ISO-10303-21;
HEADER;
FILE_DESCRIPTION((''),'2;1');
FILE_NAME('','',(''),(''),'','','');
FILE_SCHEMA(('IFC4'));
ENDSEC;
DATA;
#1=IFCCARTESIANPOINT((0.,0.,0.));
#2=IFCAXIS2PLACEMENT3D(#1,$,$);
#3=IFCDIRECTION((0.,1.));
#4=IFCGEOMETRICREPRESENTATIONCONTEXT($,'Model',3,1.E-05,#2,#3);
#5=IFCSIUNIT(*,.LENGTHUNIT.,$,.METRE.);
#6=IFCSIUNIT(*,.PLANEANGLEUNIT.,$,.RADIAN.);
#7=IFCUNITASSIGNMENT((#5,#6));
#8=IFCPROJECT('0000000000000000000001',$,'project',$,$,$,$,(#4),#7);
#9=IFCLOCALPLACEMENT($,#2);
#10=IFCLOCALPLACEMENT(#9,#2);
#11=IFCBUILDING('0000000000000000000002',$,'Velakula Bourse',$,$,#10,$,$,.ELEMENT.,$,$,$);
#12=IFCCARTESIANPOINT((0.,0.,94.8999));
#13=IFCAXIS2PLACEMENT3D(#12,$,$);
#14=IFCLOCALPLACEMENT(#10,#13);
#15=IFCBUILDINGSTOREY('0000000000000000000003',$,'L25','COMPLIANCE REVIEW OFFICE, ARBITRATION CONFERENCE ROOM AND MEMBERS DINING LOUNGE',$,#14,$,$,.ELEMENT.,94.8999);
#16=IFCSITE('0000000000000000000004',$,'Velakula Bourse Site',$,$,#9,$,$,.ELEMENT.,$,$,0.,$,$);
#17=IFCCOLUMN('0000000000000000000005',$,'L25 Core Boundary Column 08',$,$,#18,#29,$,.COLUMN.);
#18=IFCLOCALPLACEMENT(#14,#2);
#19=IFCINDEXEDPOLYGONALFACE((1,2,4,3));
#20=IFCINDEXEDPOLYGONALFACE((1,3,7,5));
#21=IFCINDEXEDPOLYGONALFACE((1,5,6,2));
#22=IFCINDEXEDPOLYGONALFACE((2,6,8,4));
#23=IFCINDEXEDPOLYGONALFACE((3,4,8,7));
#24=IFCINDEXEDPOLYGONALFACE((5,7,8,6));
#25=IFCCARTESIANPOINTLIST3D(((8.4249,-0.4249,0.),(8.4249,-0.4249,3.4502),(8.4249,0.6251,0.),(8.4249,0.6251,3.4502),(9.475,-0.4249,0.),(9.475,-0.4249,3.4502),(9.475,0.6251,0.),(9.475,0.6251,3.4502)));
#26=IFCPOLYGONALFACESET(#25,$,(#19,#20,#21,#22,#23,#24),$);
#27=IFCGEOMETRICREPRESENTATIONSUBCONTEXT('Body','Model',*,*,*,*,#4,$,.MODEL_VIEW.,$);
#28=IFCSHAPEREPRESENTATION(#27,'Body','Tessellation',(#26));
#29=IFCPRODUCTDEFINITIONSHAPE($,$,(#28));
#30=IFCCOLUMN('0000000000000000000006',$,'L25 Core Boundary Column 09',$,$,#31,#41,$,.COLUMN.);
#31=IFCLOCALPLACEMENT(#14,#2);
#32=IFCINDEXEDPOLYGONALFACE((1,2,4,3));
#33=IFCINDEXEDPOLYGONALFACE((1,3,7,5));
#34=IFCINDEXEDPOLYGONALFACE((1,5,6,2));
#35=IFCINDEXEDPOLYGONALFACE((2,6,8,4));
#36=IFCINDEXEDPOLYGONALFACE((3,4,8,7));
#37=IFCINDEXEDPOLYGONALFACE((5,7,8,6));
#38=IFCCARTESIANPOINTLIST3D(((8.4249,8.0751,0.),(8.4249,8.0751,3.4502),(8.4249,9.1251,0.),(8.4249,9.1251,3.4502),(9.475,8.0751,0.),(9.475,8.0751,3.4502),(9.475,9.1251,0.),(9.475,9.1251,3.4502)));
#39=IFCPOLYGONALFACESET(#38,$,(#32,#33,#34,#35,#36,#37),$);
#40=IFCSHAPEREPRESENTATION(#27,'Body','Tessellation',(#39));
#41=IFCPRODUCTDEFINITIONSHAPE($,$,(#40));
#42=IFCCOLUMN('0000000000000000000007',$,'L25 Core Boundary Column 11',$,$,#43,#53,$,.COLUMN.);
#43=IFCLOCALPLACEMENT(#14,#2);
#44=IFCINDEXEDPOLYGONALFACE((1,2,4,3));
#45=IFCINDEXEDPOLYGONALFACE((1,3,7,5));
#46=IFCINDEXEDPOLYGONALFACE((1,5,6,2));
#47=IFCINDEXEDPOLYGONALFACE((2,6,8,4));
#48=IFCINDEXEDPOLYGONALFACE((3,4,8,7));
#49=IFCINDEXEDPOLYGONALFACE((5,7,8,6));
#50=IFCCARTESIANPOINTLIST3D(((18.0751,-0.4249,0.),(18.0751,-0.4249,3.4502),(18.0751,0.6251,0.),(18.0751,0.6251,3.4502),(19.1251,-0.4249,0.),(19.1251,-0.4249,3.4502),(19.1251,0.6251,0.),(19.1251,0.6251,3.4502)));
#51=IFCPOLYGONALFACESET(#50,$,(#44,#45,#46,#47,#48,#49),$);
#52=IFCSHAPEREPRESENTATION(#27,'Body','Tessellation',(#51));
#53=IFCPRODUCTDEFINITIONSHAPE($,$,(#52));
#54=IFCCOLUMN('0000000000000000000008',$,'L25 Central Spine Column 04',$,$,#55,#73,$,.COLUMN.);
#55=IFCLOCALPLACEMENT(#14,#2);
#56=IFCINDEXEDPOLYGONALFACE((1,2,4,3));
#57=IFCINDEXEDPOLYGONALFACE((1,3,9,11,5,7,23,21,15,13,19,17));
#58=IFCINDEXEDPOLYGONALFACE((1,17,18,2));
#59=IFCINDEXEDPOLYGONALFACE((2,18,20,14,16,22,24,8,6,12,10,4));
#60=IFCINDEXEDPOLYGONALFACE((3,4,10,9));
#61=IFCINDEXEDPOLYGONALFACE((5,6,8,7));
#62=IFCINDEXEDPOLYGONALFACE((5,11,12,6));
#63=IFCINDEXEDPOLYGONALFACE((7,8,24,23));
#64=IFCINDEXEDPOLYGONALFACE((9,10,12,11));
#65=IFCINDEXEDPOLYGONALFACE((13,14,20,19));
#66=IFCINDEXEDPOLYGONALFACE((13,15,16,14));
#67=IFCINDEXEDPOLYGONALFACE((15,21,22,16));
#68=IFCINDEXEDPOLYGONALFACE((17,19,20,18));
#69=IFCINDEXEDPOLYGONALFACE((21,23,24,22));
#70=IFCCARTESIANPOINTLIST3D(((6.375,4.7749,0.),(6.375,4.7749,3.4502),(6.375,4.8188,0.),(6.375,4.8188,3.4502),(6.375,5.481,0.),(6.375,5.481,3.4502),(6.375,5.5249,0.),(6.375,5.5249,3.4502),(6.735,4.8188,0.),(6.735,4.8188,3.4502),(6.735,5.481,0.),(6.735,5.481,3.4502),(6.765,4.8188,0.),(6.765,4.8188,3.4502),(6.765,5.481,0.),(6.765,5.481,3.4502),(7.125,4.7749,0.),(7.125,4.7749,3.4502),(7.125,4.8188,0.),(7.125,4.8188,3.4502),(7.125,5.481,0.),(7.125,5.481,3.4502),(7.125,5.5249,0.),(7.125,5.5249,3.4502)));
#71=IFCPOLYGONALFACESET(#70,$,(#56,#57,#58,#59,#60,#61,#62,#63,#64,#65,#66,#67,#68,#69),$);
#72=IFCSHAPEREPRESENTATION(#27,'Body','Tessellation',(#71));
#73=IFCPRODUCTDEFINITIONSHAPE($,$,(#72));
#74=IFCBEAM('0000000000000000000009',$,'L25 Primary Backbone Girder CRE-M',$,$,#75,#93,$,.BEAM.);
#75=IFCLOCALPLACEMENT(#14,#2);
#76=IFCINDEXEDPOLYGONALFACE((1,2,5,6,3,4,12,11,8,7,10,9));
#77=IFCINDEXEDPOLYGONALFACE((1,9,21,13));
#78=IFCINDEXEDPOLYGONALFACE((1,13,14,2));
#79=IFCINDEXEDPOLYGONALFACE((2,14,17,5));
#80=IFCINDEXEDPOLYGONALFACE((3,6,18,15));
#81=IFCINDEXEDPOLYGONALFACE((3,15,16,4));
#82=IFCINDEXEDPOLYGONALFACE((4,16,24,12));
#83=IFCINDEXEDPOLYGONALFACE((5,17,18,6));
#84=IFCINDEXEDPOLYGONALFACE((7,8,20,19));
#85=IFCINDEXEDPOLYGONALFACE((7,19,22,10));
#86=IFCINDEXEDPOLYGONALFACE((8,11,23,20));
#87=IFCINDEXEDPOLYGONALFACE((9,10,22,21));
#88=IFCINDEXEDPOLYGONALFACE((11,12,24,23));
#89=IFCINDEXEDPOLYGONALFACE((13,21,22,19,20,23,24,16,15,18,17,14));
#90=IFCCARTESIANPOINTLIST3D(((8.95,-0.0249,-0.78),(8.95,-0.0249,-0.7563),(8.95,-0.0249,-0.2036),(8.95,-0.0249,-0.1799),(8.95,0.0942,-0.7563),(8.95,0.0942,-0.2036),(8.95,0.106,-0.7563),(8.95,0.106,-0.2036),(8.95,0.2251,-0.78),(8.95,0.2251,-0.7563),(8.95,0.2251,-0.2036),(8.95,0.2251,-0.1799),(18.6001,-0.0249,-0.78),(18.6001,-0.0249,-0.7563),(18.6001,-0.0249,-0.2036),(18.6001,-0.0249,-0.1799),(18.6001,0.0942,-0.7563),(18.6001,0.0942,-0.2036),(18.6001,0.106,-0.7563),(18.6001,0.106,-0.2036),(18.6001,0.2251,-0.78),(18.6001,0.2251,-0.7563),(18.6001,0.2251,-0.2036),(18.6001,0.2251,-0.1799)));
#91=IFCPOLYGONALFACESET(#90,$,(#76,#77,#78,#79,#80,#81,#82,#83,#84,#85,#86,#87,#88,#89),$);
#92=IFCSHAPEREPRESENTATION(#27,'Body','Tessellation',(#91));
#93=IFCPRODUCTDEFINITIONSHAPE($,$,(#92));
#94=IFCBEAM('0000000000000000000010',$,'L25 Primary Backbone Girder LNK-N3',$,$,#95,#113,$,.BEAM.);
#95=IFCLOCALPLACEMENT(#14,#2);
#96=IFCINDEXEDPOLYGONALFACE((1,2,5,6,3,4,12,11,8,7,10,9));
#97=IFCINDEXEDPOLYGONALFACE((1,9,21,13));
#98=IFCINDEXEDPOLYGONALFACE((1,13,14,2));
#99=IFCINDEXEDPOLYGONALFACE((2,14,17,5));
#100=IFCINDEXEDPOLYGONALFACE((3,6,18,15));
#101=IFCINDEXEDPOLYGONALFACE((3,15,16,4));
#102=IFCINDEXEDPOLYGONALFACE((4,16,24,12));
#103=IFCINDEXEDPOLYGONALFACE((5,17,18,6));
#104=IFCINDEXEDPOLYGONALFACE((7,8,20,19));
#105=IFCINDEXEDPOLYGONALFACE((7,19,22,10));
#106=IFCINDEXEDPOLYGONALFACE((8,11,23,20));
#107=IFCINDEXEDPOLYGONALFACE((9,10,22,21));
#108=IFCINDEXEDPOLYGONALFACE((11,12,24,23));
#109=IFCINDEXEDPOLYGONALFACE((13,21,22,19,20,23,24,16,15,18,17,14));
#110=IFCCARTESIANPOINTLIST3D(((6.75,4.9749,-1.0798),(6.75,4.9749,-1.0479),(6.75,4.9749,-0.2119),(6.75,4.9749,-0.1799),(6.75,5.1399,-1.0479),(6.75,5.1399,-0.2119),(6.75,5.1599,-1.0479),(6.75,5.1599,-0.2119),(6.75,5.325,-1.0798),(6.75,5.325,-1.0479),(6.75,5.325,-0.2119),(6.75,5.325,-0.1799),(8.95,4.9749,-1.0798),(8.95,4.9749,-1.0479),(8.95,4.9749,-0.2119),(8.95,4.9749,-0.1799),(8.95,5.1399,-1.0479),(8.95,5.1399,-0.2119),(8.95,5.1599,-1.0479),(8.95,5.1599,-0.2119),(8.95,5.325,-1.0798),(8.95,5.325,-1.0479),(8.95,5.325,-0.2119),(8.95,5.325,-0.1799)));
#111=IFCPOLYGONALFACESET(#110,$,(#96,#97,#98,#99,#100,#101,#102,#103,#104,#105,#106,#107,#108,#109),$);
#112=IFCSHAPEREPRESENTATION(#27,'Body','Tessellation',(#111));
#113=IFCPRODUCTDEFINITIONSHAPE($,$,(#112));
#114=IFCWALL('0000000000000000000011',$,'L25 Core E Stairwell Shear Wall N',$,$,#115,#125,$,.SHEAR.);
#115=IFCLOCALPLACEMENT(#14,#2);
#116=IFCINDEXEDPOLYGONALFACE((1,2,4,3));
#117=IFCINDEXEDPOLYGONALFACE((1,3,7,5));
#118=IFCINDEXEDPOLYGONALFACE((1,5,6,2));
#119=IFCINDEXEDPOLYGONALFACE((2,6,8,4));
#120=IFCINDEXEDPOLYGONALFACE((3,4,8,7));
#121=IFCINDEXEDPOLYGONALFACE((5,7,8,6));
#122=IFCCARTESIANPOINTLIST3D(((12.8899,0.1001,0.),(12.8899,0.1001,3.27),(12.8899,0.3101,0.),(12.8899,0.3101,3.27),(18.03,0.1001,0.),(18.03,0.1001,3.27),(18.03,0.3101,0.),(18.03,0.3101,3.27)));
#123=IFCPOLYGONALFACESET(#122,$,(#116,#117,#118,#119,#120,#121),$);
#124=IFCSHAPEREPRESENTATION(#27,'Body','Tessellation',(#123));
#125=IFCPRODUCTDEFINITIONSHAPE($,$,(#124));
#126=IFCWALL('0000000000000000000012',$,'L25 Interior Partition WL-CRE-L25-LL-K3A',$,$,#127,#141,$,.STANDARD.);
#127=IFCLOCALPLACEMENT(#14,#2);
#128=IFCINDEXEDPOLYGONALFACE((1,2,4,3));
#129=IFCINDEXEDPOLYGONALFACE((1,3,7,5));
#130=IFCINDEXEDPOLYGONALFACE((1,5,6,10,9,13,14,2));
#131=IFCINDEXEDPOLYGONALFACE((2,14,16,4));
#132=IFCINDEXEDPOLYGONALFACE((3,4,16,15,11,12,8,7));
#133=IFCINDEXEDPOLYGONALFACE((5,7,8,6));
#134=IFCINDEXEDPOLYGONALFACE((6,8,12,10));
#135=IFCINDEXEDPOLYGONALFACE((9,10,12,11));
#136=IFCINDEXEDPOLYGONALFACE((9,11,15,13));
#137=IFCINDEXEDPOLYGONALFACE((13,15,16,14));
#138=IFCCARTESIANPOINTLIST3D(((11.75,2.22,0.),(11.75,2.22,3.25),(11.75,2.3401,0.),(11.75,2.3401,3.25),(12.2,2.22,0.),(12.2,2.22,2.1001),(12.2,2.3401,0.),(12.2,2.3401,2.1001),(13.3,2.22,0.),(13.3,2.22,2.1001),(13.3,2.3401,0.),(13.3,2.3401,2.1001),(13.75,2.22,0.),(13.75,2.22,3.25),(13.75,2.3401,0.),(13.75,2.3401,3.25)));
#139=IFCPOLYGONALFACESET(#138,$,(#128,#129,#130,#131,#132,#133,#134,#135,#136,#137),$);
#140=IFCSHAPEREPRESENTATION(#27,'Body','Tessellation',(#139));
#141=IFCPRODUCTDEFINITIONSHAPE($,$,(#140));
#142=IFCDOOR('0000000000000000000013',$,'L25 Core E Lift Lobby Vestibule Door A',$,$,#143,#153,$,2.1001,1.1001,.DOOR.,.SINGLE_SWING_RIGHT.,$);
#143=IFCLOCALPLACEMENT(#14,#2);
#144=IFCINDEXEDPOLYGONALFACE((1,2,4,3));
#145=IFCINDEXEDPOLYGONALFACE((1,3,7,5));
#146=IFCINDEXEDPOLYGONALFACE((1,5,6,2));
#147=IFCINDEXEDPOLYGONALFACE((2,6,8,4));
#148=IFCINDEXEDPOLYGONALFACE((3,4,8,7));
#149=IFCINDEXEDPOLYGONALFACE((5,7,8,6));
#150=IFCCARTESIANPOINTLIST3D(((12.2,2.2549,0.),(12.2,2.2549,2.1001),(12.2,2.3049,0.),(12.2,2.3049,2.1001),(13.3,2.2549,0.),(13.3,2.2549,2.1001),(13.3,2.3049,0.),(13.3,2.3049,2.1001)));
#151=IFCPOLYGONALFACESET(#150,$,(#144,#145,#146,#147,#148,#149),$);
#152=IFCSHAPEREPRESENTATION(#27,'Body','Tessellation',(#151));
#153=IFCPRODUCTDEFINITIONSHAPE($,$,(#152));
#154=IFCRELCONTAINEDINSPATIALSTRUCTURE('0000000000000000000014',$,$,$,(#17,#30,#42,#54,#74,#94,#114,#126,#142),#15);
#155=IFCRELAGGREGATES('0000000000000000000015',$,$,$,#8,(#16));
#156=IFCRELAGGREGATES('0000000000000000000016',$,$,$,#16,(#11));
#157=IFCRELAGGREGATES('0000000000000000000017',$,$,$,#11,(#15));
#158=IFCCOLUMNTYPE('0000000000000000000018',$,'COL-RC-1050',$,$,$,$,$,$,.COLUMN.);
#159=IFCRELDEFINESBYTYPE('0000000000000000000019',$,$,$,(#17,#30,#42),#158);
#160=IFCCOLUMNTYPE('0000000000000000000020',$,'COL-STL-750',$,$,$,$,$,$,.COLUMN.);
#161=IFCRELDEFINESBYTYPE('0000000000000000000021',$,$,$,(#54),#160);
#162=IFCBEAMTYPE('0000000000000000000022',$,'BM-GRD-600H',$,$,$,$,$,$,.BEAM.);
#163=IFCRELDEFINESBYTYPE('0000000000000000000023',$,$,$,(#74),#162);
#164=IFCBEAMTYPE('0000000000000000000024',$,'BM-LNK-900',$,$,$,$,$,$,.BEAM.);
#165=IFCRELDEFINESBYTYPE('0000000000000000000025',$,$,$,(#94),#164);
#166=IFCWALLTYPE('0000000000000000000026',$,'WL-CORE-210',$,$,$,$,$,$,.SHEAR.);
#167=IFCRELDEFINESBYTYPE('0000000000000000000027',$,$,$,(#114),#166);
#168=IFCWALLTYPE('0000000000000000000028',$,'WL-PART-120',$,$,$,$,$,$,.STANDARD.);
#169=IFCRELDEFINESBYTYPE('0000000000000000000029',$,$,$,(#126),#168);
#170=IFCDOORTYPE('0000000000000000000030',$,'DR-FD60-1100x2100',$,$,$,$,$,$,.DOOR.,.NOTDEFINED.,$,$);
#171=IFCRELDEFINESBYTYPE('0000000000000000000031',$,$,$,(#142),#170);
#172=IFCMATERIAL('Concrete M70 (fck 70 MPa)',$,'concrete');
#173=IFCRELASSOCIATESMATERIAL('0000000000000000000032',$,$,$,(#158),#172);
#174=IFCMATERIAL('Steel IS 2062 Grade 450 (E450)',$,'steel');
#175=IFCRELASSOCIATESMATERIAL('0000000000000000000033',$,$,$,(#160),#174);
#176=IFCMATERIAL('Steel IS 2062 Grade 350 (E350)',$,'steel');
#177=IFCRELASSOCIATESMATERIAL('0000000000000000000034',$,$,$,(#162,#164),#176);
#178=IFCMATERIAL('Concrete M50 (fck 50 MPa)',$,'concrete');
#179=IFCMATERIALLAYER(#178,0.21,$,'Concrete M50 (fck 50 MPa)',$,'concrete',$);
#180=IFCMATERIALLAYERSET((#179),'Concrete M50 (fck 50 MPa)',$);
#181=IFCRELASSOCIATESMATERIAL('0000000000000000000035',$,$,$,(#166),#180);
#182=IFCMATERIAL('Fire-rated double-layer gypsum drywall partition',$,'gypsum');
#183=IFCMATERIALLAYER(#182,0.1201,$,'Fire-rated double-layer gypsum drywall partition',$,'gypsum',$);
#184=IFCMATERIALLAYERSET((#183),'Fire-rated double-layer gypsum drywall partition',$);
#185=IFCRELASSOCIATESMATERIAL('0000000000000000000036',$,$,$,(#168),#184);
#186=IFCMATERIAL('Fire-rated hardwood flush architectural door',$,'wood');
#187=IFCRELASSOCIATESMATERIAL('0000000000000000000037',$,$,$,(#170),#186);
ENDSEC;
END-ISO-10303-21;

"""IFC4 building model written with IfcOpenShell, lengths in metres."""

from ifc_helpers import new_model, si_unit, direction, frame, frame_2d, origin, origin_2d, place, context, subcontext, project, spatial, rectangle, i_section, extrude, material, layer, layer_set, material_profile, profile_set, type_object, element, fill, save


model = new_model("IFC4")

# Units and contexts
model_context = context("Model", 3, precision=1e-05, world=origin(), true_north=direction((0.0, 1.0)))
body_context = subcontext(model_context, "Body", "Model", "MODEL_VIEW")
ifc_project = project(units=[si_unit("LENGTHUNIT", "METRE"), si_unit("PLANEANGLEUNIT", "RADIAN")], contexts=[model_context])

# Site, building, storey
site_placement = place(None, origin())
site = spatial("IfcSite", under=ifc_project, at=site_placement, Name="Velakula Bourse Site", CompositionType="ELEMENT", RefElevation=0.0)
building_placement = place(site_placement, origin())
building = spatial("IfcBuilding", under=site, at=building_placement, Name="Velakula Bourse", CompositionType="ELEMENT")
storey_placement = place(building_placement, frame((0.0, 0.0, 94.8999)))
storey = spatial("IfcBuildingStorey", under=building, at=storey_placement, Name="L25", Description="COMPLIANCE REVIEW OFFICE, ARBITRATION CONFERENCE ROOM AND MEMBERS DINING LOUNGE", CompositionType="ELEMENT", Elevation=94.8999)

# Columns
ifc_material_1 = material(Name="Concrete M70 (fck 70 MPa)", Category="concrete")
ifc_material_profile_1 = material_profile(ifc_material_1, rectangle(XDim=1.05, YDim=1.05, at=origin_2d()), Name="Concrete M70 (fck 70 MPa)")
ifc_profile_set_1 = profile_set([ifc_material_profile_1], Name="Concrete M70 (fck 70 MPa)")
column_type_1 = type_object("IfcColumnType", Name="COL-RC-1050", PredefinedType="COLUMN", material=ifc_profile_set_1)
for number, where, z_axis, x_axis, name in (
    (1, (8.95, 0.1001, 0.0), (0.0, 0.0, 1.0), (1.0, 0.0, 0.0), "L25 Core Boundary Column 08"),
    (2, (8.95, 8.6001, 0.0), (0.0, 0.0, 1.0), (1.0, 0.0, 0.0), "L25 Core Boundary Column 09"),
    (3, (18.6001, 0.1001, 0.0), (0.0, 0.0, 1.0), (1.0, 0.0, 0.0), "L25 Core Boundary Column 11"),
):
    element("IfcColumn", number, at=place(storey_placement, frame(where, z_axis=z_axis, x_axis=x_axis)), inside=storey, type_object=column_type_1, Name=name, PredefinedType="COLUMN", context=body_context, shape_type="SweptSolid", body=[
        extrude(rectangle(XDim=1.05, YDim=1.05, at=origin_2d()), origin(), (0.0, 0.0, 1.0), 3.4502),
    ])
ifc_material_2 = material(Name="Steel IS 2062 Grade 450 (E450)", Category="steel")
ifc_material_profile_2 = material_profile(ifc_material_2, i_section(OverallWidth=0.75, OverallDepth=0.75, WebThickness=0.03, FlangeThickness=0.0439, at=origin_2d()), Name="Steel IS 2062 Grade 450 (E450)")
ifc_profile_set_2 = profile_set([ifc_material_profile_2], Name="Steel IS 2062 Grade 450 (E450)")
column_type_2 = type_object("IfcColumnType", Name="COL-STL-750", PredefinedType="COLUMN", material=ifc_profile_set_2)
column_placement = place(storey_placement, frame((6.75, 5.1499, 0.0), z_axis=(0.0, 0.0, 1.0), x_axis=(1.0, 0.0, 0.0)))
element("IfcColumn", 4, at=column_placement, inside=storey, type_object=column_type_2, Name="L25 Central Spine Column 04", PredefinedType="COLUMN", context=body_context, shape_type="SweptSolid", body=[
    extrude(i_section(OverallWidth=0.75, OverallDepth=0.75, WebThickness=0.03, FlangeThickness=0.0439, at=origin_2d()), origin(), (0.0, 0.0, 1.0), 3.4502),
])

# Beams
ifc_material_3 = material(Name="Steel IS 2062 Grade 350 (E350)", Category="steel")
ifc_material_profile_3 = material_profile(ifc_material_3, i_section(OverallWidth=0.25, OverallDepth=0.6001, WebThickness=0.0117, FlangeThickness=0.0237, at=origin_2d()), Name="Steel IS 2062 Grade 350 (E350)")
ifc_profile_set_3 = profile_set([ifc_material_profile_3], Name="Steel IS 2062 Grade 350 (E350)")
beam_type_1 = type_object("IfcBeamType", Name="BM-GRD-600H", PredefinedType="BEAM", material=ifc_profile_set_3)
beam_1_placement = place(storey_placement, frame((8.95, 0.1001, -0.48), z_axis=(1.0, 0.0, 0.0), x_axis=(0.0, 1.0, 0.0)))
element("IfcBeam", 5, at=beam_1_placement, inside=storey, type_object=beam_type_1, Name="L25 Primary Backbone Girder CRE-M", PredefinedType="BEAM", context=body_context, shape_type="SweptSolid", body=[
    extrude(i_section(OverallWidth=0.25, OverallDepth=0.6001, WebThickness=0.0117, FlangeThickness=0.0237, at=origin_2d()), origin(), (0.0, 0.0, 1.0), 9.6501),
])
ifc_material_profile_4 = material_profile(ifc_material_3, i_section(OverallWidth=0.3501, OverallDepth=0.8999, WebThickness=0.02, FlangeThickness=0.032, at=origin_2d()), Name="Steel IS 2062 Grade 350 (E350)")
ifc_profile_set_4 = profile_set([ifc_material_profile_4], Name="Steel IS 2062 Grade 350 (E350)")
beam_type_2 = type_object("IfcBeamType", Name="BM-LNK-900", PredefinedType="BEAM", material=ifc_profile_set_4)
beam_2_placement = place(storey_placement, frame((6.75, 5.1499, -0.6299), z_axis=(1.0, 0.0, 0.0), x_axis=(0.0, 1.0, 0.0)))
element("IfcBeam", 6, at=beam_2_placement, inside=storey, type_object=beam_type_2, Name="L25 Primary Backbone Girder LNK-N3", PredefinedType="BEAM", context=body_context, shape_type="SweptSolid", body=[
    extrude(i_section(OverallWidth=0.3501, OverallDepth=0.8999, WebThickness=0.02, FlangeThickness=0.032, at=origin_2d()), origin(), (0.0, 0.0, 1.0), 2.2),
])

# Wall
ifc_material_4 = material(Name="Concrete M50 (fck 50 MPa)", Category="concrete")
ifc_layer_1 = layer(ifc_material_4, 0.21, Name="Concrete M50 (fck 50 MPa)", Category="concrete")
ifc_layer_set_1 = layer_set([ifc_layer_1], Name="Concrete M50 (fck 50 MPa)")
wall_type_1 = type_object("IfcWallType", Name="WL-CORE-210", PredefinedType="SHEAR", material=ifc_layer_set_1)
wall_1_placement = place(storey_placement, frame((18.03, 0.2051, 0.0), z_axis=(0.0, 0.0, 1.0), x_axis=(-1.0, 0.0, 0.0)))
element("IfcWall", 7, at=wall_1_placement, inside=storey, type_object=wall_type_1, Name="L25 Core E Stairwell Shear Wall N", PredefinedType="SHEAR", context=body_context, shape_type="SweptSolid", body=[
    extrude(rectangle(XDim=5.1401, YDim=0.21, at=frame_2d((2.5701, 0.0))), origin(), (0.0, 0.0, 1.0), 3.27),
])

# Wall, opening, door
ifc_material_5 = material(Name="Fire-rated double-layer gypsum drywall partition", Category="gypsum")
ifc_layer_2 = layer(ifc_material_5, 0.1201, Name="Fire-rated double-layer gypsum drywall partition", Category="gypsum")
ifc_layer_set_2 = layer_set([ifc_layer_2], Name="Fire-rated double-layer gypsum drywall partition")
wall_type_2 = type_object("IfcWallType", Name="WL-PART-120", PredefinedType="STANDARD", material=ifc_layer_set_2)
wall_2_placement = place(storey_placement, frame((11.75, 2.28, 0.0), z_axis=(0.0, 0.0, 1.0), x_axis=(1.0, 0.0, 0.0)))
wall_2 = element("IfcWall", 8, at=wall_2_placement, inside=storey, type_object=wall_type_2, Name="L25 Interior Partition WL-CRE-L25-LL-K3A", PredefinedType="STANDARD", context=body_context, shape_type="SweptSolid", body=[
    extrude(rectangle(XDim=2.0, YDim=0.1201, at=frame_2d((1.0, 0.0))), origin(), (0.0, 0.0, 1.0), 3.25),
])
opening_1_placement = place(wall_2_placement, frame((0.45, 0.0, 0.0)))
opening_1 = element("IfcOpeningElement", 9, at=opening_1_placement, cuts=wall_2, PredefinedType="OPENING", context=body_context, shape_type="SweptSolid", body=[
    extrude(rectangle(XDim=1.1001, YDim=2.1001, at=frame_2d((0.55, 1.05))), frame((0.0, 0.0701, 0.0), z_axis=(0.0, -1.0, 0.0), x_axis=(1.0, 0.0, 0.0)), (0.0, 0.0, 1.0), 0.1401),
])
ifc_material_6 = material(Name="Fire-rated hardwood flush architectural door", Category="wood")
door_type_1 = type_object("IfcDoorType", Name="DR-FD60-1100x2100", OperationType="NOTDEFINED", PredefinedType="DOOR", material=ifc_material_6)
door_1_placement = place(opening_1_placement, origin())
door_1 = element("IfcDoor", 10, at=door_1_placement, inside=storey, type_object=door_type_1, Name="L25 Core E Lift Lobby Vestibule Door A", OperationType="SINGLE_SWING_RIGHT", OverallHeight=2.1001, OverallWidth=1.1001, PredefinedType="DOOR", context=body_context, shape_type="SweptSolid", body=[
    extrude(rectangle(XDim=1.1001, YDim=2.1001, at=frame_2d((0.55, 1.05))), frame((0.0, 0.0249, 0.0), z_axis=(0.0, -1.0, 0.0), x_axis=(1.0, 0.0, 0.0)), (0.0, 0.0, 1.0), 0.05),
])
fill(opening_1, door_1)

save(model, "model.ifc")
